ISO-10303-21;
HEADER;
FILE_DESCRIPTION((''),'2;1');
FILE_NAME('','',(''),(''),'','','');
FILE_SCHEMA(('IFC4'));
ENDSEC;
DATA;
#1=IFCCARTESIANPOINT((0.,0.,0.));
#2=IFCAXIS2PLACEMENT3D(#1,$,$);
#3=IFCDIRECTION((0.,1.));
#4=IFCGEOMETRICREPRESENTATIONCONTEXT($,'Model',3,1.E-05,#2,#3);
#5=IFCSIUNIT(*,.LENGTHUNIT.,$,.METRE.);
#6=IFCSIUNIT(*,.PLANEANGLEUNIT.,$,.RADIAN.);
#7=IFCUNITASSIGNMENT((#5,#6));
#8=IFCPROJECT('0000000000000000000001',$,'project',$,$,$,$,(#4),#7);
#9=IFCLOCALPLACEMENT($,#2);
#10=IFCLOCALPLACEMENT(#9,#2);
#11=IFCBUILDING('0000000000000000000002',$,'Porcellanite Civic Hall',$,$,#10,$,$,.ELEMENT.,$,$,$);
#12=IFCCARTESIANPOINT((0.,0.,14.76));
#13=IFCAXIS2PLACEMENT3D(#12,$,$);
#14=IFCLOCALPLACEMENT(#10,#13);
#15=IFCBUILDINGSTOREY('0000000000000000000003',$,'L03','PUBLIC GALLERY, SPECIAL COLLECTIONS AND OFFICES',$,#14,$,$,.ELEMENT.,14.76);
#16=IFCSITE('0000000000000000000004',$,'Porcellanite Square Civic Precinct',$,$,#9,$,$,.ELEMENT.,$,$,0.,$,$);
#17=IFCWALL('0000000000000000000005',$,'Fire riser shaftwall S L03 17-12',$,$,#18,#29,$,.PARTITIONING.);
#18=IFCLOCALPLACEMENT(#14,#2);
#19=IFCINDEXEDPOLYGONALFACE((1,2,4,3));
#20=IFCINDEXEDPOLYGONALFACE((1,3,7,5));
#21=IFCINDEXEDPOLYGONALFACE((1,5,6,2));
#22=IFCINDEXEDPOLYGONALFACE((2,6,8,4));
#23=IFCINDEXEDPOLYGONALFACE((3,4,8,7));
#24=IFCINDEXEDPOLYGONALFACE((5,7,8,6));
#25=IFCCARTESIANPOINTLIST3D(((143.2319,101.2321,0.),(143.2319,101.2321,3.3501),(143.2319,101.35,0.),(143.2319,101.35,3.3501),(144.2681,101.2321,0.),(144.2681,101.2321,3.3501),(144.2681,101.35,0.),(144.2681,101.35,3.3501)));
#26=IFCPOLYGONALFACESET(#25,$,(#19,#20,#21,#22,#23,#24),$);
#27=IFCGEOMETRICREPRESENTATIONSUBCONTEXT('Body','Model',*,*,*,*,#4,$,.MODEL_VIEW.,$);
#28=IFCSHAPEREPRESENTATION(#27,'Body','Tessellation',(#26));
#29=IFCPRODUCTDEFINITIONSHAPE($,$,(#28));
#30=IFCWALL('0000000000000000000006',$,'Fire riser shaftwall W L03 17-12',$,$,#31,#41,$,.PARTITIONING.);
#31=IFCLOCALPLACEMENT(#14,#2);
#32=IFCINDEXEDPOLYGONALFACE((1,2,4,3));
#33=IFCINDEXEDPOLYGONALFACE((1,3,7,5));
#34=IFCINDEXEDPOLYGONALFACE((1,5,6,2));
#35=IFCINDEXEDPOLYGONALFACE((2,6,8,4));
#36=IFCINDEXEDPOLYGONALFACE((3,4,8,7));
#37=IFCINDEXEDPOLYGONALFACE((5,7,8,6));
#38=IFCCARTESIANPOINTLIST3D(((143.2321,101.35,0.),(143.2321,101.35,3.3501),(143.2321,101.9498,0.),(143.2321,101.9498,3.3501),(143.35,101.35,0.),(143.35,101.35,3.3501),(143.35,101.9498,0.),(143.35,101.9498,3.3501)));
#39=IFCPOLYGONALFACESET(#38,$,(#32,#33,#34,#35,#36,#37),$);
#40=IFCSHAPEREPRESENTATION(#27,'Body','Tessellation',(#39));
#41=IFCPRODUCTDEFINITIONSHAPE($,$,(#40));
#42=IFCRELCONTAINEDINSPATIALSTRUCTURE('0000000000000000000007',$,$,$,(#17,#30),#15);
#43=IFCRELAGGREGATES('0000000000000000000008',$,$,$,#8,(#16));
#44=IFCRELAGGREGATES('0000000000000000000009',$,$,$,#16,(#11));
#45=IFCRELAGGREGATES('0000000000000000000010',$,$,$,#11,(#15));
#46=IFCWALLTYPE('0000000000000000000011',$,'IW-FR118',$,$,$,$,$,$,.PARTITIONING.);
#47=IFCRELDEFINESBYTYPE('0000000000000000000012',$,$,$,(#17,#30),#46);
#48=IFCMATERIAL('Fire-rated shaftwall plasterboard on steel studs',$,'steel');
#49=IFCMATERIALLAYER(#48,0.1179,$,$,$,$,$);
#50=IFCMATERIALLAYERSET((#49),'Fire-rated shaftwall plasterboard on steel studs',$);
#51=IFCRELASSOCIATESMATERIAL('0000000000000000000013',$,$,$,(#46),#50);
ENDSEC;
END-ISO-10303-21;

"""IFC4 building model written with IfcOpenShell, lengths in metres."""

from ifc_helpers import new_model, si_unit, direction, frame, frame_2d, origin, place, context, subcontext, project, spatial, rectangle, extrude, material, layer, layer_set, type_object, element, save


model = new_model("IFC4")

# Units and contexts
model_context = context("Model", 3, precision=1e-05, world=origin(), true_north=direction((0.0, 1.0)))
body_context = subcontext(model_context, "Body", "Model", "MODEL_VIEW")
ifc_project = project(units=[si_unit("LENGTHUNIT", "METRE"), si_unit("PLANEANGLEUNIT", "RADIAN")], contexts=[model_context])

# Site, building, storey
site_placement = place(None, origin())
site = spatial("IfcSite", under=ifc_project, at=site_placement, Name="Porcellanite Square Civic Precinct", CompositionType="ELEMENT", RefElevation=0.0)
building_placement = place(site_placement, origin())
building = spatial("IfcBuilding", under=site, at=building_placement, Name="Porcellanite Civic Hall", CompositionType="ELEMENT")
storey_placement = place(building_placement, frame((0.0, 0.0, 14.76)))
storey = spatial("IfcBuildingStorey", under=building, at=storey_placement, Name="L03", Description="PUBLIC GALLERY, SPECIAL COLLECTIONS AND OFFICES", CompositionType="ELEMENT", Elevation=14.76)

# Walls
ifc_material_1 = material(Name="Fire-rated shaftwall plasterboard on steel studs", Category="steel")
ifc_layer_1 = layer(ifc_material_1, 0.1179)
ifc_layer_set_1 = layer_set([ifc_layer_1], Name="Fire-rated shaftwall plasterboard on steel studs")
wall_type_1 = type_object("IfcWallType", Name="IW-FR118", PredefinedType="PARTITIONING", material=ifc_layer_set_1)
wall_1_placement = place(storey_placement, frame((143.2319, 101.291, 0.0), z_axis=(0.0, 0.0, 1.0), x_axis=(1.0, 0.0, 0.0)))
element("IfcWall", 1, at=wall_1_placement, inside=storey, type_object=wall_type_1, Name="Fire riser shaftwall S L03 17-12", PredefinedType="PARTITIONING", context=body_context, shape_type="SweptSolid", body=[
    extrude(rectangle(XDim=1.0361, YDim=0.1179, at=frame_2d((0.5181, 0.0))), origin(), (0.0, 0.0, 1.0), 3.3501),
])
wall_2_placement = place(storey_placement, frame((143.291, 101.3501, 0.0), z_axis=(0.0, 0.0, 1.0), x_axis=(0.0, 1.0, 0.0)))
element("IfcWall", 2, at=wall_2_placement, inside=storey, type_object=wall_type_1, Name="Fire riser shaftwall W L03 17-12", PredefinedType="PARTITIONING", context=body_context, shape_type="SweptSolid", body=[
    extrude(rectangle(XDim=0.5999, YDim=0.1179, at=frame_2d((0.2998, 0.0))), origin(), (0.0, 0.0, 1.0), 3.3501),
])

save(model, "model.ifc")
